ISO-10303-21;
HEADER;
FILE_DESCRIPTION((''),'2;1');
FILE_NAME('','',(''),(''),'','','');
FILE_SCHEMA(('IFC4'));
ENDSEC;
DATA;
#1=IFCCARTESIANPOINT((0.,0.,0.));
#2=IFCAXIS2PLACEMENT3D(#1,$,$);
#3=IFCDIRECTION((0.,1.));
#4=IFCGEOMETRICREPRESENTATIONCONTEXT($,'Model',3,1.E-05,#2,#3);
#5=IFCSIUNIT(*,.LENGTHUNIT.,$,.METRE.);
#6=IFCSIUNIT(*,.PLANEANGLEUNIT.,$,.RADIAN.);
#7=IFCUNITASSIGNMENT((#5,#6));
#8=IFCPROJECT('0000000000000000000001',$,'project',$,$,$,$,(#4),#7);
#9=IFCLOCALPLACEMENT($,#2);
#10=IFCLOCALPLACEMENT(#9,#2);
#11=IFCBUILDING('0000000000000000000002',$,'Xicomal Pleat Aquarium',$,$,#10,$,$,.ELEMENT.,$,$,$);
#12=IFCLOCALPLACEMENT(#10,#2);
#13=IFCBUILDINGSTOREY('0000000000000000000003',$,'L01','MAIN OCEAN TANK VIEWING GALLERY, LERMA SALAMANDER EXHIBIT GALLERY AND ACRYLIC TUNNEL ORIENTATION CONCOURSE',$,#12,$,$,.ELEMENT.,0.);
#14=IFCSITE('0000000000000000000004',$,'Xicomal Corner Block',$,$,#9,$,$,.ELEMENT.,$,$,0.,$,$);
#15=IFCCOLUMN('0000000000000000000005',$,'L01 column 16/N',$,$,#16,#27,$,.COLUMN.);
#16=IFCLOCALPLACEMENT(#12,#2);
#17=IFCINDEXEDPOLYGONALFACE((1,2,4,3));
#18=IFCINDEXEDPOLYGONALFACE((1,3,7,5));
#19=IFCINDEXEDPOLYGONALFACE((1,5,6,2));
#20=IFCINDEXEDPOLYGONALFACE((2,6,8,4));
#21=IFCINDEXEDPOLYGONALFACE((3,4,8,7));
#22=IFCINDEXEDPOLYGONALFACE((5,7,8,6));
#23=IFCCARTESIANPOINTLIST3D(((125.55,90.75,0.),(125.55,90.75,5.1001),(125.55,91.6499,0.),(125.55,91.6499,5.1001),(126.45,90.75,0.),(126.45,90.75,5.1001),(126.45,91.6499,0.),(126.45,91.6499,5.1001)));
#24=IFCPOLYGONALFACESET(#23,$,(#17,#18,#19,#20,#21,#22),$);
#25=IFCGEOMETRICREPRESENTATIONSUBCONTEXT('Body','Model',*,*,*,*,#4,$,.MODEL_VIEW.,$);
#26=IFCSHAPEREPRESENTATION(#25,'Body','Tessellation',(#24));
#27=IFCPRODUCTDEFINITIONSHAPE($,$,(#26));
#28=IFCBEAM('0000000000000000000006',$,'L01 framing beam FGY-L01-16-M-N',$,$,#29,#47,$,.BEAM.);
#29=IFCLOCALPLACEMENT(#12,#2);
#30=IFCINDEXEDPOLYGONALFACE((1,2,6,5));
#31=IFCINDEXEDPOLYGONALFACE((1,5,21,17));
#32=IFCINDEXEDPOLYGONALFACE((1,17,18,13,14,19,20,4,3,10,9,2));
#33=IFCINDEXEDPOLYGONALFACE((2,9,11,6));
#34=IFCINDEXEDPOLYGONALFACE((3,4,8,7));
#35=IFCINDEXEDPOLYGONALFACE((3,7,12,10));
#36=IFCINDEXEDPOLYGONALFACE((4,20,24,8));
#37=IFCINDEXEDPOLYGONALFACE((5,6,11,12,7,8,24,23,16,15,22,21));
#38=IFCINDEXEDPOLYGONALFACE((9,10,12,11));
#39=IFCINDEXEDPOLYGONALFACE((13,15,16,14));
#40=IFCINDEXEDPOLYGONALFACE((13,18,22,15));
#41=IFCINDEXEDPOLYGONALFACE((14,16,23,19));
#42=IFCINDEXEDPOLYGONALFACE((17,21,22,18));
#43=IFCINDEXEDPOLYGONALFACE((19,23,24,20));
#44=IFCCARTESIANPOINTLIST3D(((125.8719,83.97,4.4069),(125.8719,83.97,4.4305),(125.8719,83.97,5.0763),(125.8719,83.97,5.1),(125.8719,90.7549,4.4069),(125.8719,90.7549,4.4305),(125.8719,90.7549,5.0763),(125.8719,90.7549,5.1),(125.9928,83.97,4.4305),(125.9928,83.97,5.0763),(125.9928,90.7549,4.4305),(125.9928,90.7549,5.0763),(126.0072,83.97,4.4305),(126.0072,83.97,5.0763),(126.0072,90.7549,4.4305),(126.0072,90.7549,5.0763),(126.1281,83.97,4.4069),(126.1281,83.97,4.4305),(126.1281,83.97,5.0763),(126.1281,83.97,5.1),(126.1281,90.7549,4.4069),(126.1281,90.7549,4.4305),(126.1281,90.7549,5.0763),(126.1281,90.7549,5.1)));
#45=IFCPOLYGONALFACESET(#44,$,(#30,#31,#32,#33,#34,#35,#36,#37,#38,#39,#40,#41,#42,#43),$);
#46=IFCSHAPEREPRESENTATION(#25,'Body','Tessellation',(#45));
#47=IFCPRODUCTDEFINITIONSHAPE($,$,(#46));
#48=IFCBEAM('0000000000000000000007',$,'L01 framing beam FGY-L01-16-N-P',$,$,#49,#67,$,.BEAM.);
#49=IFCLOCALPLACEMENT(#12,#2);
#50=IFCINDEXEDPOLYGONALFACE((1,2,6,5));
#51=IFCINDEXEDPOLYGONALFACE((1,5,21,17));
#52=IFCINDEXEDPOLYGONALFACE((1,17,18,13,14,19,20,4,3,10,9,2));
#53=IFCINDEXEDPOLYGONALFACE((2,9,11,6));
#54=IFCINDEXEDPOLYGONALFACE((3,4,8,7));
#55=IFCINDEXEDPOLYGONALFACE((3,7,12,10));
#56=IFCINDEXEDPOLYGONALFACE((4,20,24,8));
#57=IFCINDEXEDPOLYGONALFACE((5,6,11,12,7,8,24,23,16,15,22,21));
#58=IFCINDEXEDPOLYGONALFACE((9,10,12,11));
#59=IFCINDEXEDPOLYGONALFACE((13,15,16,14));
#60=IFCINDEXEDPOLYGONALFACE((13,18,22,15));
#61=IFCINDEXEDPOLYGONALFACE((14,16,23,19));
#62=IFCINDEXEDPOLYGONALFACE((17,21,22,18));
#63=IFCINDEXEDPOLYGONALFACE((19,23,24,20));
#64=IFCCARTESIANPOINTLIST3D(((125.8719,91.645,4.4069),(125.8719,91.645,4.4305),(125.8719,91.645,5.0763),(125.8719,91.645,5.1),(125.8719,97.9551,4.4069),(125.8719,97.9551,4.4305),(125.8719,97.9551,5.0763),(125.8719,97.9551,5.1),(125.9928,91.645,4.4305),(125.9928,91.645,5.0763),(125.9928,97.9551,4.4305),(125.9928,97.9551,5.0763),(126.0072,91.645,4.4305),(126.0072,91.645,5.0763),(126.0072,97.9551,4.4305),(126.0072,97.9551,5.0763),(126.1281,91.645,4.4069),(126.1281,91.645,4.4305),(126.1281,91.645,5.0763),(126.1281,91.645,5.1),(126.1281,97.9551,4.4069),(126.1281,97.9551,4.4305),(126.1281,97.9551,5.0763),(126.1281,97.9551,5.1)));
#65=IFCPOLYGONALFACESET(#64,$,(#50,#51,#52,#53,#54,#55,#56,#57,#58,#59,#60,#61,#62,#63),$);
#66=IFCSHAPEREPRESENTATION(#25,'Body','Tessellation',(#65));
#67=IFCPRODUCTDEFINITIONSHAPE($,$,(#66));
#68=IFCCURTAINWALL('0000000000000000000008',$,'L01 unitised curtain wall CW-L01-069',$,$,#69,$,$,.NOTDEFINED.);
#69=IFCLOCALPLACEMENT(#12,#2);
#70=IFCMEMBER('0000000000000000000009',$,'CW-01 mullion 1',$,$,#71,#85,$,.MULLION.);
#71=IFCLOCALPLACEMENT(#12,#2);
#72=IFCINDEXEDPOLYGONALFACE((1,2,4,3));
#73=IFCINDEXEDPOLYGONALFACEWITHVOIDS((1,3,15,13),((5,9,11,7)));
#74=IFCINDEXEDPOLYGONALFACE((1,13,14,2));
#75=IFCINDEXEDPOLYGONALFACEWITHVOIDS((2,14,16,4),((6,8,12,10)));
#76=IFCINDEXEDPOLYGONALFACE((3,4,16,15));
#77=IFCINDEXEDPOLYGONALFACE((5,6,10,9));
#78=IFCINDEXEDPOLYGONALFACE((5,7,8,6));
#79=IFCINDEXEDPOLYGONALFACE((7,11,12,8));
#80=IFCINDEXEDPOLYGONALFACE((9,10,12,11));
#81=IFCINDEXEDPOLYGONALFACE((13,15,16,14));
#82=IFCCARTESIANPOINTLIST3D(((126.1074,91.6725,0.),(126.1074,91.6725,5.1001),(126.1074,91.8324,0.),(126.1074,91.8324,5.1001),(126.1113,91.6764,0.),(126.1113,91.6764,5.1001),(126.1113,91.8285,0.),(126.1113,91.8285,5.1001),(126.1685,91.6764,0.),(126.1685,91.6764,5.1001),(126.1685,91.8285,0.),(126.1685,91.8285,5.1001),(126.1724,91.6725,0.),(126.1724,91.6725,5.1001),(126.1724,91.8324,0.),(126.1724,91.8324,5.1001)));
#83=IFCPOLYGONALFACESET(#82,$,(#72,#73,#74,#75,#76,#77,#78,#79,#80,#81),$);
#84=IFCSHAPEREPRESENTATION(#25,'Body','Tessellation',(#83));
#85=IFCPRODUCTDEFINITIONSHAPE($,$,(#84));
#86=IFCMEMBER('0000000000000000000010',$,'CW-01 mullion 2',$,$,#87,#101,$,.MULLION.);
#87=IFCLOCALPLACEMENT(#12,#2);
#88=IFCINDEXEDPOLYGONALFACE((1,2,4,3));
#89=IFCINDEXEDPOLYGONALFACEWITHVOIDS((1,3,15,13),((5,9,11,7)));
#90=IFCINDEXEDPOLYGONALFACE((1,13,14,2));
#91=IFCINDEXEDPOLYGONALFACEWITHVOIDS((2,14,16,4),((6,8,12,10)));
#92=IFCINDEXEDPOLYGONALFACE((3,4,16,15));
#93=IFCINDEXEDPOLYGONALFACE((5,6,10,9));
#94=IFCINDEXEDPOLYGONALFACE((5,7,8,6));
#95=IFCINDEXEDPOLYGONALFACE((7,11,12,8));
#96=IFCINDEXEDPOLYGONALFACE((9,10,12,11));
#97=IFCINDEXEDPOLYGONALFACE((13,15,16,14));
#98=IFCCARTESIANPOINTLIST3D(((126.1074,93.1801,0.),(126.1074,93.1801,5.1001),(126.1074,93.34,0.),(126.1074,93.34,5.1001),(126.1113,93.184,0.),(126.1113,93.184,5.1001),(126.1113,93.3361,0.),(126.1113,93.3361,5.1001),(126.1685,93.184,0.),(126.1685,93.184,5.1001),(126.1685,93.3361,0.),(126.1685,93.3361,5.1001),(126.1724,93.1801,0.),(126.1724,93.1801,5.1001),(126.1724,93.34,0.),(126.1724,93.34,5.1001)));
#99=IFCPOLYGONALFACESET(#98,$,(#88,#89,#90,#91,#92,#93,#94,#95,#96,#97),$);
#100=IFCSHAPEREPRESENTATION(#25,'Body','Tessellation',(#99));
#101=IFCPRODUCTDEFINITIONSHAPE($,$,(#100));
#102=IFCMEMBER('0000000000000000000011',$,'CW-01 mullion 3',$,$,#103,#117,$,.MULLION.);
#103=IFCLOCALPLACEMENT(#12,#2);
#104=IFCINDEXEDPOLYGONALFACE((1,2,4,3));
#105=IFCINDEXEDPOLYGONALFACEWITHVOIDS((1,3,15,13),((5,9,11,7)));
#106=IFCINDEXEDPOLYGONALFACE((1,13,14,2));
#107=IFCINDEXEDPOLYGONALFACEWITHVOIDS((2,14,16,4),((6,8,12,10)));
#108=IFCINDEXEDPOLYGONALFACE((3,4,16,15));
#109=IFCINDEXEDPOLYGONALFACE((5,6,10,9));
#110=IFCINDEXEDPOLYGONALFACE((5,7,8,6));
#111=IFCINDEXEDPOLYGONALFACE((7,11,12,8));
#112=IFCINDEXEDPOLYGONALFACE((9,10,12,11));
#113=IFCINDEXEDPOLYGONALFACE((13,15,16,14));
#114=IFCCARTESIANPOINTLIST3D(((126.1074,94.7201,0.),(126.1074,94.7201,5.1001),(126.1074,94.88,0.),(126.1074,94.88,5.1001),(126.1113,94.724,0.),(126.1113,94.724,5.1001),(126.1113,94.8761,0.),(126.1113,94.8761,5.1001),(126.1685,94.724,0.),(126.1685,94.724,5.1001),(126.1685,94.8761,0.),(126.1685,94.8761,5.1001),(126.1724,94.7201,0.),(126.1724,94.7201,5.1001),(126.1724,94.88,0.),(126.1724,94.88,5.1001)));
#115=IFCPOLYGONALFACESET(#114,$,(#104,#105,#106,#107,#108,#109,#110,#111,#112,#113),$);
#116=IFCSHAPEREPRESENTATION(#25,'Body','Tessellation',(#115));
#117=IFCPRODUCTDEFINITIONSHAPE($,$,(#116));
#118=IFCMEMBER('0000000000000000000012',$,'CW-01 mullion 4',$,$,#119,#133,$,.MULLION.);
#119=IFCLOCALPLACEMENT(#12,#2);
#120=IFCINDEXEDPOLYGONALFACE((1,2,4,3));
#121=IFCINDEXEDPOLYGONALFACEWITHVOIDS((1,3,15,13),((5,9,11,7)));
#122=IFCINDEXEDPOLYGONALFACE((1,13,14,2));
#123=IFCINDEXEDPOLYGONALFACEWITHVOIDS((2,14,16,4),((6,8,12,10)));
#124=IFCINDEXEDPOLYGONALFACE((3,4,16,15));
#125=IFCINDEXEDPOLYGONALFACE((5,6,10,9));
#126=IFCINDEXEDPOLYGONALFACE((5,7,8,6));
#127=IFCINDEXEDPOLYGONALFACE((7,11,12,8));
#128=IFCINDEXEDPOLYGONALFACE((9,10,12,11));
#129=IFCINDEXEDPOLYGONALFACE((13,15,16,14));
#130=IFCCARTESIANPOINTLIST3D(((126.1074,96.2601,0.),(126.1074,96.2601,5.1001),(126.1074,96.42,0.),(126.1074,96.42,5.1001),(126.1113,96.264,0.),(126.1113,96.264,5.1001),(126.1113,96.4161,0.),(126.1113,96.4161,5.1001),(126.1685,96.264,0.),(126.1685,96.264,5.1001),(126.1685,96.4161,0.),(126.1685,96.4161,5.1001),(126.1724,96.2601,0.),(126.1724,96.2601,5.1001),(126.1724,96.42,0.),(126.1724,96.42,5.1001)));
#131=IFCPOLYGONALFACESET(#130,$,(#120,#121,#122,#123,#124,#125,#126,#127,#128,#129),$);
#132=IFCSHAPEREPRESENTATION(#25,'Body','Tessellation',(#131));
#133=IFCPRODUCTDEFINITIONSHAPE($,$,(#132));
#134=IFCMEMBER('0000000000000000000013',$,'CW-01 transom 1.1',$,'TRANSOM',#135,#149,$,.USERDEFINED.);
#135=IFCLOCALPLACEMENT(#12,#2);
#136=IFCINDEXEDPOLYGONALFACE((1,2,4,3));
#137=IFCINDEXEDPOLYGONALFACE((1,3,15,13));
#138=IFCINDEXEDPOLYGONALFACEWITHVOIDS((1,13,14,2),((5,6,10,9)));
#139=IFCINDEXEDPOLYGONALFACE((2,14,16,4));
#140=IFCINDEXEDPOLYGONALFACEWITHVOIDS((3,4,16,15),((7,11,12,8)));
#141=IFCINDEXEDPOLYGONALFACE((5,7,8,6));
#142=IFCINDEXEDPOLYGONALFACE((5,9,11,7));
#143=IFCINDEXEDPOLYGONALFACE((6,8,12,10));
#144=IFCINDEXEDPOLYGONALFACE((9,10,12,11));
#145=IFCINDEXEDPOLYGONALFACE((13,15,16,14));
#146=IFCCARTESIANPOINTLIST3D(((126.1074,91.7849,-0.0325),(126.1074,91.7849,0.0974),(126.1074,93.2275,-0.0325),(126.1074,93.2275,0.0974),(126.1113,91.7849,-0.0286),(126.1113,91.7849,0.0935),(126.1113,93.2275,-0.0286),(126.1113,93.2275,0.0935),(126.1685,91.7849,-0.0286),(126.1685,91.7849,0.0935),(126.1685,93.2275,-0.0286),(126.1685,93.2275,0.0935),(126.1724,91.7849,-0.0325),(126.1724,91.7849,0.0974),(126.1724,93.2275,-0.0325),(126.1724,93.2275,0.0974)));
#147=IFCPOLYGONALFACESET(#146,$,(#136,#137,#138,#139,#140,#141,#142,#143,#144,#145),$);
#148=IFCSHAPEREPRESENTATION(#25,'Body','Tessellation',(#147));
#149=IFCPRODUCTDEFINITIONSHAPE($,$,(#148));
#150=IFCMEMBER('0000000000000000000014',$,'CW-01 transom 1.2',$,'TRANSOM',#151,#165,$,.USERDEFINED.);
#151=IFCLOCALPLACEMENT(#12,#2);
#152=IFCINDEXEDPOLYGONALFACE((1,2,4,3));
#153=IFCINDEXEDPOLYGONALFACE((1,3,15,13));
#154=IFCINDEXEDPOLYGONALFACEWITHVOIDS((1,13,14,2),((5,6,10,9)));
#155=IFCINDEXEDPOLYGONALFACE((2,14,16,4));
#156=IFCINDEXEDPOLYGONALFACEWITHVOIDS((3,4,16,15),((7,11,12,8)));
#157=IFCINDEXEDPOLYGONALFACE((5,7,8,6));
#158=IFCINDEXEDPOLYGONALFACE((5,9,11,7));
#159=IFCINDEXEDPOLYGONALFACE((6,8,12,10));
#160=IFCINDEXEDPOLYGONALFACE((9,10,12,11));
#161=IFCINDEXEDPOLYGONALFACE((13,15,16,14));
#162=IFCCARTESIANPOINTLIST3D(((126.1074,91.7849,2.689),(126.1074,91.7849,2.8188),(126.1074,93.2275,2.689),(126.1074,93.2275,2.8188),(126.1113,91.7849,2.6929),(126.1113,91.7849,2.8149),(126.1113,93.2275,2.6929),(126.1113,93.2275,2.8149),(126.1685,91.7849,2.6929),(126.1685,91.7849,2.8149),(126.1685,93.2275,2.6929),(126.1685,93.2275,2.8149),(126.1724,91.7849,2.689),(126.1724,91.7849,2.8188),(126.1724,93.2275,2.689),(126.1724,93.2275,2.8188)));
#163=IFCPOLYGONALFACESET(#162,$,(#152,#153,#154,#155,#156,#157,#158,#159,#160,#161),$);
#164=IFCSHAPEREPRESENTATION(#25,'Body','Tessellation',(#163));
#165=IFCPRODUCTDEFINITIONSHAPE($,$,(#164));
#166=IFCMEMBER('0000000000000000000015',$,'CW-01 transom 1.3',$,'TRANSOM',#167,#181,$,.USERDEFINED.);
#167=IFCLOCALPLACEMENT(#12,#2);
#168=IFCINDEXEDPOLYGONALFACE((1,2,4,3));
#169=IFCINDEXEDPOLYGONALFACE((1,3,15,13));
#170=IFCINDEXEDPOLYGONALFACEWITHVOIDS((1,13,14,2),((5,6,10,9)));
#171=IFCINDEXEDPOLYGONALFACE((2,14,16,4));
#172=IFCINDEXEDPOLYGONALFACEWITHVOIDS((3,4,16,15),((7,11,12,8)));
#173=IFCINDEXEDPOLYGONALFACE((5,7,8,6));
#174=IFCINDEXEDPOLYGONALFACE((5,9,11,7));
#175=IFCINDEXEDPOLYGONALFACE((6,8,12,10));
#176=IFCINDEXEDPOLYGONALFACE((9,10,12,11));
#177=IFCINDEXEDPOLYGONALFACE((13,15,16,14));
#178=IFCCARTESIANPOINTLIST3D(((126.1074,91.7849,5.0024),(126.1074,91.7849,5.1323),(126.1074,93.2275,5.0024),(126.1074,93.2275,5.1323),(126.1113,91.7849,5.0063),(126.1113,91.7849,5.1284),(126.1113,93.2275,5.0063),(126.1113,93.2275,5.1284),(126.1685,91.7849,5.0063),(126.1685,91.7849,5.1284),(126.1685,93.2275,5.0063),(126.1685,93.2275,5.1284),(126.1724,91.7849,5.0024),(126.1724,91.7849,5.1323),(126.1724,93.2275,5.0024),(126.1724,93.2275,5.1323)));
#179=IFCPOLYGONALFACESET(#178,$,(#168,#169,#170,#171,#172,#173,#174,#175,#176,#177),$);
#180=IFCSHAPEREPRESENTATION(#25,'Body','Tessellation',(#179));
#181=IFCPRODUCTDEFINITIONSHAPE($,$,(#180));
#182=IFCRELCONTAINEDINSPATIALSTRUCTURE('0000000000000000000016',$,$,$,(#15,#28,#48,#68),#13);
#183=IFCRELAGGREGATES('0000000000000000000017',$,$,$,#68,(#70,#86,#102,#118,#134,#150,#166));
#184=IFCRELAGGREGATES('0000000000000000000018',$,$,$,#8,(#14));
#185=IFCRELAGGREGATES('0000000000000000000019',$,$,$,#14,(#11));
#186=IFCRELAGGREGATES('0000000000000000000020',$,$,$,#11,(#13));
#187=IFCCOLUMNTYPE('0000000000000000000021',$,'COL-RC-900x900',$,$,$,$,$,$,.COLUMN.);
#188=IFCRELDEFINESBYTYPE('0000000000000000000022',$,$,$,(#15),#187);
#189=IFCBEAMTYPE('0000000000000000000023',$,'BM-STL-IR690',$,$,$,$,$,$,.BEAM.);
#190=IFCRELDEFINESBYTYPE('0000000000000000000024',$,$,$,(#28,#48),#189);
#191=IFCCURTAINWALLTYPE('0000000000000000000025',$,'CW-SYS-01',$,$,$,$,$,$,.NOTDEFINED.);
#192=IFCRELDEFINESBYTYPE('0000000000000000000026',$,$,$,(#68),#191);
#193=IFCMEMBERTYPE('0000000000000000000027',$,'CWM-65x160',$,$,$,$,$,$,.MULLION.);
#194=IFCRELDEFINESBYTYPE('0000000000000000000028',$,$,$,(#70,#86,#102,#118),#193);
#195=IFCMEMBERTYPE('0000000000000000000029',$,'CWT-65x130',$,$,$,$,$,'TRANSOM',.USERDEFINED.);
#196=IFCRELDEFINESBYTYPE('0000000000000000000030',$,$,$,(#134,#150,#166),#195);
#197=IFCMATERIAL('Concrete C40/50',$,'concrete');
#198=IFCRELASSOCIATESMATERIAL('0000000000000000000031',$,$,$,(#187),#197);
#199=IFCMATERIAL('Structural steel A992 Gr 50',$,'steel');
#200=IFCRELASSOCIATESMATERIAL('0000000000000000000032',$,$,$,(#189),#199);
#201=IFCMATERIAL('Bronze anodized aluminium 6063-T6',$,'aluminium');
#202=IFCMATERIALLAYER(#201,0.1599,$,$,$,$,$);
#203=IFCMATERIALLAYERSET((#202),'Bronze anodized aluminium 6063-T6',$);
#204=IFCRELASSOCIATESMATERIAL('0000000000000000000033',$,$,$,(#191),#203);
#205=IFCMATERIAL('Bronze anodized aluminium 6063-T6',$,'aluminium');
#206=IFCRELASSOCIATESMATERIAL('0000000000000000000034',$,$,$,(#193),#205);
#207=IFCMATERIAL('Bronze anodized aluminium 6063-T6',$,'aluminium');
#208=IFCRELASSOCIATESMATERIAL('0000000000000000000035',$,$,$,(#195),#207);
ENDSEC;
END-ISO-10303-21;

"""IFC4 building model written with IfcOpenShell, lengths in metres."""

from ifc_helpers import new_model, si_unit, direction, frame, origin, origin_2d, place, context, subcontext, project, spatial, rectangle, hollow_rectangle, i_section, extrude, material, layer, layer_set, material_profile, profile_set, type_object, element, aggregate, save


model = new_model("IFC4")

# Units and contexts
model_context = context("Model", 3, precision=1e-05, world=origin(), true_north=direction((0.0, 1.0)))
body_context = subcontext(model_context, "Body", "Model", "MODEL_VIEW")
ifc_project = project(units=[si_unit("LENGTHUNIT", "METRE"), si_unit("PLANEANGLEUNIT", "RADIAN")], contexts=[model_context])

# Site, building, storey
site_placement = place(None, origin())
site = spatial("IfcSite", under=ifc_project, at=site_placement, Name="Xicomal Corner Block", CompositionType="ELEMENT", RefElevation=0.0)
building_placement = place(site_placement, origin())
building = spatial("IfcBuilding", under=site, at=building_placement, Name="Xicomal Pleat Aquarium", CompositionType="ELEMENT")
storey_placement = place(building_placement, origin())
storey = spatial("IfcBuildingStorey", under=building, at=storey_placement, Name="L01", Description="MAIN OCEAN TANK VIEWING GALLERY, LERMA SALAMANDER EXHIBIT GALLERY AND ACRYLIC TUNNEL ORIENTATION CONCOURSE", CompositionType="ELEMENT", Elevation=0.0)

# Column
ifc_material_1 = material(Name="Concrete C40/50", Category="concrete")
ifc_material_profile_1 = material_profile(ifc_material_1, rectangle(XDim=0.8999, YDim=0.8999, at=origin_2d()), Name="RC 900x900")
ifc_profile_set_1 = profile_set([ifc_material_profile_1], Name="Concrete C40/50")
column_type = type_object("IfcColumnType", Name="COL-RC-900x900", PredefinedType="COLUMN", material=ifc_profile_set_1)
column_placement = place(storey_placement, frame((126.0, 91.2, 0.0), z_axis=(0.0, 0.0, 1.0), x_axis=(1.0, 0.0, 0.0)))
element("IfcColumn", 1, at=column_placement, inside=storey, type_object=column_type, Name="L01 column 16/N", PredefinedType="COLUMN", context=body_context, shape_type="SweptSolid", body=[
    extrude(rectangle(XDim=0.8999, YDim=0.8999, at=origin_2d()), origin(), (0.0, 0.0, 1.0), 5.1001),
])

# Beams
ifc_material_2 = material(Name="Structural steel A992 Gr 50", Category="steel")
ifc_material_profile_2 = material_profile(ifc_material_2, i_section(OverallWidth=0.2561, OverallDepth=0.6931, WebThickness=0.0144, FlangeThickness=0.0237, at=origin_2d()), Name="IR 690x170")
ifc_profile_set_2 = profile_set([ifc_material_profile_2], Name="Structural steel A992 Gr 50")
beam_type = type_object("IfcBeamType", Name="BM-STL-IR690", PredefinedType="BEAM", material=ifc_profile_set_2)
beam_1_placement = place(storey_placement, frame((126.0, 83.97, 4.7534), z_axis=(0.0, 1.0, 0.0), x_axis=(-1.0, 0.0, 0.0)))
element("IfcBeam", 2, at=beam_1_placement, inside=storey, type_object=beam_type, Name="L01 framing beam FGY-L01-16-M-N", PredefinedType="BEAM", context=body_context, shape_type="SweptSolid", body=[
    extrude(i_section(OverallWidth=0.2561, OverallDepth=0.6931, WebThickness=0.0144, FlangeThickness=0.0237, at=origin_2d()), origin(), (0.0, 0.0, 1.0), 6.7849),
])
beam_2_placement = place(storey_placement, frame((126.0, 91.645, 4.7534), z_axis=(0.0, 1.0, 0.0), x_axis=(-1.0, 0.0, 0.0)))
element("IfcBeam", 3, at=beam_2_placement, inside=storey, type_object=beam_type, Name="L01 framing beam FGY-L01-16-N-P", PredefinedType="BEAM", context=body_context, shape_type="SweptSolid", body=[
    extrude(i_section(OverallWidth=0.2561, OverallDepth=0.6931, WebThickness=0.0144, FlangeThickness=0.0237, at=origin_2d()), origin(), (0.0, 0.0, 1.0), 6.3101),
])

# Curtain wall, members
ifc_material_3 = material(Name="Bronze anodized aluminium 6063-T6", Category="aluminium")
ifc_layer_1 = layer(ifc_material_3, 0.1599)
ifc_layer_set_1 = layer_set([ifc_layer_1], Name="Bronze anodized aluminium 6063-T6")
curtain_wall_type = type_object("IfcCurtainWallType", Name="CW-SYS-01", PredefinedType="NOTDEFINED", material=ifc_layer_set_1)
curtain_wall_placement = place(storey_placement, origin())
curtain_wall = element("IfcCurtainWall", 4, at=curtain_wall_placement, inside=storey, type_object=curtain_wall_type, Name="L01 unitised curtain wall CW-L01-069", PredefinedType="NOTDEFINED")
ifc_material_4 = material(Name="Bronze anodized aluminium 6063-T6", Category="aluminium")
ifc_material_profile_3 = material_profile(ifc_material_4, hollow_rectangle(XDim=0.0649, YDim=0.1599, WallThickness=0.0039, at=origin_2d()), Name="ALU MULL 65x160")
ifc_profile_set_3 = profile_set([ifc_material_profile_3], Name="Bronze anodized aluminium 6063-T6")
member_type_1 = type_object("IfcMemberType", Name="CWM-65x160", PredefinedType="MULLION", material=ifc_profile_set_3)
member_1_placement = place(storey_placement, frame((126.1399, 91.7524, 0.0), z_axis=(0.0, 0.0, 1.0), x_axis=(-1.0, 0.0, 0.0)))
member_1 = element("IfcMember", 5, at=member_1_placement, type_object=member_type_1, Name="CW-01 mullion 1", PredefinedType="MULLION", context=body_context, shape_type="SweptSolid", body=[
    extrude(hollow_rectangle(XDim=0.0649, YDim=0.1599, WallThickness=0.0039, at=origin_2d()), origin(), (0.0, 0.0, 1.0), 5.1001),
])
member_2_placement = place(storey_placement, frame((126.1399, 93.26, 0.0), z_axis=(0.0, 0.0, 1.0), x_axis=(-1.0, 0.0, 0.0)))
member_2 = element("IfcMember", 6, at=member_2_placement, type_object=member_type_1, Name="CW-01 mullion 2", PredefinedType="MULLION", context=body_context, shape_type="SweptSolid", body=[
    extrude(hollow_rectangle(XDim=0.0649, YDim=0.1599, WallThickness=0.0039, at=origin_2d()), origin(), (0.0, 0.0, 1.0), 5.1001),
])
member_3_placement = place(storey_placement, frame((126.1399, 94.8, 0.0), z_axis=(0.0, 0.0, 1.0), x_axis=(-1.0, 0.0, 0.0)))
member_3 = element("IfcMember", 7, at=member_3_placement, type_object=member_type_1, Name="CW-01 mullion 3", PredefinedType="MULLION", context=body_context, shape_type="SweptSolid", body=[
    extrude(hollow_rectangle(XDim=0.0649, YDim=0.1599, WallThickness=0.0039, at=origin_2d()), origin(), (0.0, 0.0, 1.0), 5.1001),
])
member_4_placement = place(storey_placement, frame((126.1399, 96.3401, 0.0), z_axis=(0.0, 0.0, 1.0), x_axis=(-1.0, 0.0, 0.0)))
member_4 = element("IfcMember", 8, at=member_4_placement, type_object=member_type_1, Name="CW-01 mullion 4", PredefinedType="MULLION", context=body_context, shape_type="SweptSolid", body=[
    extrude(hollow_rectangle(XDim=0.0649, YDim=0.1599, WallThickness=0.0039, at=origin_2d()), origin(), (0.0, 0.0, 1.0), 5.1001),
])
ifc_material_5 = material(Name="Bronze anodized aluminium 6063-T6", Category="aluminium")
ifc_material_profile_4 = material_profile(ifc_material_5, hollow_rectangle(XDim=0.0649, YDim=0.1299, WallThickness=0.0039, at=origin_2d()), Name="ALU TRAN 65x130")
ifc_profile_set_4 = profile_set([ifc_material_profile_4], Name="Bronze anodized aluminium 6063-T6")
member_type_2 = type_object("IfcMemberType", Name="CWT-65x130", ElementType="TRANSOM", PredefinedType="USERDEFINED", material=ifc_profile_set_4)
member_5_placement = place(storey_placement, frame((126.1399, 91.7849, 0.0325), z_axis=(0.0, 1.0, 0.0), x_axis=(-1.0, 0.0, 0.0)))
member_5 = element("IfcMember", 9, at=member_5_placement, type_object=member_type_2, Name="CW-01 transom 1.1", ObjectType="TRANSOM", PredefinedType="USERDEFINED", context=body_context, shape_type="SweptSolid", body=[
    extrude(hollow_rectangle(XDim=0.0649, YDim=0.1299, WallThickness=0.0039, at=origin_2d()), origin(), (0.0, 0.0, 1.0), 1.4426),
])
member_6_placement = place(storey_placement, frame((126.1399, 91.7849, 2.7539), z_axis=(0.0, 1.0, 0.0), x_axis=(-1.0, 0.0, 0.0)))
member_6 = element("IfcMember", 10, at=member_6_placement, type_object=member_type_2, Name="CW-01 transom 1.2", ObjectType="TRANSOM", PredefinedType="USERDEFINED", context=body_context, shape_type="SweptSolid", body=[
    extrude(hollow_rectangle(XDim=0.0649, YDim=0.1299, WallThickness=0.0039, at=origin_2d()), origin(), (0.0, 0.0, 1.0), 1.4426),
])
member_7_placement = place(storey_placement, frame((126.1399, 91.7849, 5.0674), z_axis=(0.0, 1.0, 0.0), x_axis=(-1.0, 0.0, 0.0)))
member_7 = element("IfcMember", 11, at=member_7_placement, type_object=member_type_2, Name="CW-01 transom 1.3", ObjectType="TRANSOM", PredefinedType="USERDEFINED", context=body_context, shape_type="SweptSolid", body=[
    extrude(hollow_rectangle(XDim=0.0649, YDim=0.1299, WallThickness=0.0039, at=origin_2d()), origin(), (0.0, 0.0, 1.0), 1.4426),
])
aggregate(curtain_wall, [member_1, member_2, member_3, member_4, member_5, member_6, member_7])

save(model, "model.ifc")
